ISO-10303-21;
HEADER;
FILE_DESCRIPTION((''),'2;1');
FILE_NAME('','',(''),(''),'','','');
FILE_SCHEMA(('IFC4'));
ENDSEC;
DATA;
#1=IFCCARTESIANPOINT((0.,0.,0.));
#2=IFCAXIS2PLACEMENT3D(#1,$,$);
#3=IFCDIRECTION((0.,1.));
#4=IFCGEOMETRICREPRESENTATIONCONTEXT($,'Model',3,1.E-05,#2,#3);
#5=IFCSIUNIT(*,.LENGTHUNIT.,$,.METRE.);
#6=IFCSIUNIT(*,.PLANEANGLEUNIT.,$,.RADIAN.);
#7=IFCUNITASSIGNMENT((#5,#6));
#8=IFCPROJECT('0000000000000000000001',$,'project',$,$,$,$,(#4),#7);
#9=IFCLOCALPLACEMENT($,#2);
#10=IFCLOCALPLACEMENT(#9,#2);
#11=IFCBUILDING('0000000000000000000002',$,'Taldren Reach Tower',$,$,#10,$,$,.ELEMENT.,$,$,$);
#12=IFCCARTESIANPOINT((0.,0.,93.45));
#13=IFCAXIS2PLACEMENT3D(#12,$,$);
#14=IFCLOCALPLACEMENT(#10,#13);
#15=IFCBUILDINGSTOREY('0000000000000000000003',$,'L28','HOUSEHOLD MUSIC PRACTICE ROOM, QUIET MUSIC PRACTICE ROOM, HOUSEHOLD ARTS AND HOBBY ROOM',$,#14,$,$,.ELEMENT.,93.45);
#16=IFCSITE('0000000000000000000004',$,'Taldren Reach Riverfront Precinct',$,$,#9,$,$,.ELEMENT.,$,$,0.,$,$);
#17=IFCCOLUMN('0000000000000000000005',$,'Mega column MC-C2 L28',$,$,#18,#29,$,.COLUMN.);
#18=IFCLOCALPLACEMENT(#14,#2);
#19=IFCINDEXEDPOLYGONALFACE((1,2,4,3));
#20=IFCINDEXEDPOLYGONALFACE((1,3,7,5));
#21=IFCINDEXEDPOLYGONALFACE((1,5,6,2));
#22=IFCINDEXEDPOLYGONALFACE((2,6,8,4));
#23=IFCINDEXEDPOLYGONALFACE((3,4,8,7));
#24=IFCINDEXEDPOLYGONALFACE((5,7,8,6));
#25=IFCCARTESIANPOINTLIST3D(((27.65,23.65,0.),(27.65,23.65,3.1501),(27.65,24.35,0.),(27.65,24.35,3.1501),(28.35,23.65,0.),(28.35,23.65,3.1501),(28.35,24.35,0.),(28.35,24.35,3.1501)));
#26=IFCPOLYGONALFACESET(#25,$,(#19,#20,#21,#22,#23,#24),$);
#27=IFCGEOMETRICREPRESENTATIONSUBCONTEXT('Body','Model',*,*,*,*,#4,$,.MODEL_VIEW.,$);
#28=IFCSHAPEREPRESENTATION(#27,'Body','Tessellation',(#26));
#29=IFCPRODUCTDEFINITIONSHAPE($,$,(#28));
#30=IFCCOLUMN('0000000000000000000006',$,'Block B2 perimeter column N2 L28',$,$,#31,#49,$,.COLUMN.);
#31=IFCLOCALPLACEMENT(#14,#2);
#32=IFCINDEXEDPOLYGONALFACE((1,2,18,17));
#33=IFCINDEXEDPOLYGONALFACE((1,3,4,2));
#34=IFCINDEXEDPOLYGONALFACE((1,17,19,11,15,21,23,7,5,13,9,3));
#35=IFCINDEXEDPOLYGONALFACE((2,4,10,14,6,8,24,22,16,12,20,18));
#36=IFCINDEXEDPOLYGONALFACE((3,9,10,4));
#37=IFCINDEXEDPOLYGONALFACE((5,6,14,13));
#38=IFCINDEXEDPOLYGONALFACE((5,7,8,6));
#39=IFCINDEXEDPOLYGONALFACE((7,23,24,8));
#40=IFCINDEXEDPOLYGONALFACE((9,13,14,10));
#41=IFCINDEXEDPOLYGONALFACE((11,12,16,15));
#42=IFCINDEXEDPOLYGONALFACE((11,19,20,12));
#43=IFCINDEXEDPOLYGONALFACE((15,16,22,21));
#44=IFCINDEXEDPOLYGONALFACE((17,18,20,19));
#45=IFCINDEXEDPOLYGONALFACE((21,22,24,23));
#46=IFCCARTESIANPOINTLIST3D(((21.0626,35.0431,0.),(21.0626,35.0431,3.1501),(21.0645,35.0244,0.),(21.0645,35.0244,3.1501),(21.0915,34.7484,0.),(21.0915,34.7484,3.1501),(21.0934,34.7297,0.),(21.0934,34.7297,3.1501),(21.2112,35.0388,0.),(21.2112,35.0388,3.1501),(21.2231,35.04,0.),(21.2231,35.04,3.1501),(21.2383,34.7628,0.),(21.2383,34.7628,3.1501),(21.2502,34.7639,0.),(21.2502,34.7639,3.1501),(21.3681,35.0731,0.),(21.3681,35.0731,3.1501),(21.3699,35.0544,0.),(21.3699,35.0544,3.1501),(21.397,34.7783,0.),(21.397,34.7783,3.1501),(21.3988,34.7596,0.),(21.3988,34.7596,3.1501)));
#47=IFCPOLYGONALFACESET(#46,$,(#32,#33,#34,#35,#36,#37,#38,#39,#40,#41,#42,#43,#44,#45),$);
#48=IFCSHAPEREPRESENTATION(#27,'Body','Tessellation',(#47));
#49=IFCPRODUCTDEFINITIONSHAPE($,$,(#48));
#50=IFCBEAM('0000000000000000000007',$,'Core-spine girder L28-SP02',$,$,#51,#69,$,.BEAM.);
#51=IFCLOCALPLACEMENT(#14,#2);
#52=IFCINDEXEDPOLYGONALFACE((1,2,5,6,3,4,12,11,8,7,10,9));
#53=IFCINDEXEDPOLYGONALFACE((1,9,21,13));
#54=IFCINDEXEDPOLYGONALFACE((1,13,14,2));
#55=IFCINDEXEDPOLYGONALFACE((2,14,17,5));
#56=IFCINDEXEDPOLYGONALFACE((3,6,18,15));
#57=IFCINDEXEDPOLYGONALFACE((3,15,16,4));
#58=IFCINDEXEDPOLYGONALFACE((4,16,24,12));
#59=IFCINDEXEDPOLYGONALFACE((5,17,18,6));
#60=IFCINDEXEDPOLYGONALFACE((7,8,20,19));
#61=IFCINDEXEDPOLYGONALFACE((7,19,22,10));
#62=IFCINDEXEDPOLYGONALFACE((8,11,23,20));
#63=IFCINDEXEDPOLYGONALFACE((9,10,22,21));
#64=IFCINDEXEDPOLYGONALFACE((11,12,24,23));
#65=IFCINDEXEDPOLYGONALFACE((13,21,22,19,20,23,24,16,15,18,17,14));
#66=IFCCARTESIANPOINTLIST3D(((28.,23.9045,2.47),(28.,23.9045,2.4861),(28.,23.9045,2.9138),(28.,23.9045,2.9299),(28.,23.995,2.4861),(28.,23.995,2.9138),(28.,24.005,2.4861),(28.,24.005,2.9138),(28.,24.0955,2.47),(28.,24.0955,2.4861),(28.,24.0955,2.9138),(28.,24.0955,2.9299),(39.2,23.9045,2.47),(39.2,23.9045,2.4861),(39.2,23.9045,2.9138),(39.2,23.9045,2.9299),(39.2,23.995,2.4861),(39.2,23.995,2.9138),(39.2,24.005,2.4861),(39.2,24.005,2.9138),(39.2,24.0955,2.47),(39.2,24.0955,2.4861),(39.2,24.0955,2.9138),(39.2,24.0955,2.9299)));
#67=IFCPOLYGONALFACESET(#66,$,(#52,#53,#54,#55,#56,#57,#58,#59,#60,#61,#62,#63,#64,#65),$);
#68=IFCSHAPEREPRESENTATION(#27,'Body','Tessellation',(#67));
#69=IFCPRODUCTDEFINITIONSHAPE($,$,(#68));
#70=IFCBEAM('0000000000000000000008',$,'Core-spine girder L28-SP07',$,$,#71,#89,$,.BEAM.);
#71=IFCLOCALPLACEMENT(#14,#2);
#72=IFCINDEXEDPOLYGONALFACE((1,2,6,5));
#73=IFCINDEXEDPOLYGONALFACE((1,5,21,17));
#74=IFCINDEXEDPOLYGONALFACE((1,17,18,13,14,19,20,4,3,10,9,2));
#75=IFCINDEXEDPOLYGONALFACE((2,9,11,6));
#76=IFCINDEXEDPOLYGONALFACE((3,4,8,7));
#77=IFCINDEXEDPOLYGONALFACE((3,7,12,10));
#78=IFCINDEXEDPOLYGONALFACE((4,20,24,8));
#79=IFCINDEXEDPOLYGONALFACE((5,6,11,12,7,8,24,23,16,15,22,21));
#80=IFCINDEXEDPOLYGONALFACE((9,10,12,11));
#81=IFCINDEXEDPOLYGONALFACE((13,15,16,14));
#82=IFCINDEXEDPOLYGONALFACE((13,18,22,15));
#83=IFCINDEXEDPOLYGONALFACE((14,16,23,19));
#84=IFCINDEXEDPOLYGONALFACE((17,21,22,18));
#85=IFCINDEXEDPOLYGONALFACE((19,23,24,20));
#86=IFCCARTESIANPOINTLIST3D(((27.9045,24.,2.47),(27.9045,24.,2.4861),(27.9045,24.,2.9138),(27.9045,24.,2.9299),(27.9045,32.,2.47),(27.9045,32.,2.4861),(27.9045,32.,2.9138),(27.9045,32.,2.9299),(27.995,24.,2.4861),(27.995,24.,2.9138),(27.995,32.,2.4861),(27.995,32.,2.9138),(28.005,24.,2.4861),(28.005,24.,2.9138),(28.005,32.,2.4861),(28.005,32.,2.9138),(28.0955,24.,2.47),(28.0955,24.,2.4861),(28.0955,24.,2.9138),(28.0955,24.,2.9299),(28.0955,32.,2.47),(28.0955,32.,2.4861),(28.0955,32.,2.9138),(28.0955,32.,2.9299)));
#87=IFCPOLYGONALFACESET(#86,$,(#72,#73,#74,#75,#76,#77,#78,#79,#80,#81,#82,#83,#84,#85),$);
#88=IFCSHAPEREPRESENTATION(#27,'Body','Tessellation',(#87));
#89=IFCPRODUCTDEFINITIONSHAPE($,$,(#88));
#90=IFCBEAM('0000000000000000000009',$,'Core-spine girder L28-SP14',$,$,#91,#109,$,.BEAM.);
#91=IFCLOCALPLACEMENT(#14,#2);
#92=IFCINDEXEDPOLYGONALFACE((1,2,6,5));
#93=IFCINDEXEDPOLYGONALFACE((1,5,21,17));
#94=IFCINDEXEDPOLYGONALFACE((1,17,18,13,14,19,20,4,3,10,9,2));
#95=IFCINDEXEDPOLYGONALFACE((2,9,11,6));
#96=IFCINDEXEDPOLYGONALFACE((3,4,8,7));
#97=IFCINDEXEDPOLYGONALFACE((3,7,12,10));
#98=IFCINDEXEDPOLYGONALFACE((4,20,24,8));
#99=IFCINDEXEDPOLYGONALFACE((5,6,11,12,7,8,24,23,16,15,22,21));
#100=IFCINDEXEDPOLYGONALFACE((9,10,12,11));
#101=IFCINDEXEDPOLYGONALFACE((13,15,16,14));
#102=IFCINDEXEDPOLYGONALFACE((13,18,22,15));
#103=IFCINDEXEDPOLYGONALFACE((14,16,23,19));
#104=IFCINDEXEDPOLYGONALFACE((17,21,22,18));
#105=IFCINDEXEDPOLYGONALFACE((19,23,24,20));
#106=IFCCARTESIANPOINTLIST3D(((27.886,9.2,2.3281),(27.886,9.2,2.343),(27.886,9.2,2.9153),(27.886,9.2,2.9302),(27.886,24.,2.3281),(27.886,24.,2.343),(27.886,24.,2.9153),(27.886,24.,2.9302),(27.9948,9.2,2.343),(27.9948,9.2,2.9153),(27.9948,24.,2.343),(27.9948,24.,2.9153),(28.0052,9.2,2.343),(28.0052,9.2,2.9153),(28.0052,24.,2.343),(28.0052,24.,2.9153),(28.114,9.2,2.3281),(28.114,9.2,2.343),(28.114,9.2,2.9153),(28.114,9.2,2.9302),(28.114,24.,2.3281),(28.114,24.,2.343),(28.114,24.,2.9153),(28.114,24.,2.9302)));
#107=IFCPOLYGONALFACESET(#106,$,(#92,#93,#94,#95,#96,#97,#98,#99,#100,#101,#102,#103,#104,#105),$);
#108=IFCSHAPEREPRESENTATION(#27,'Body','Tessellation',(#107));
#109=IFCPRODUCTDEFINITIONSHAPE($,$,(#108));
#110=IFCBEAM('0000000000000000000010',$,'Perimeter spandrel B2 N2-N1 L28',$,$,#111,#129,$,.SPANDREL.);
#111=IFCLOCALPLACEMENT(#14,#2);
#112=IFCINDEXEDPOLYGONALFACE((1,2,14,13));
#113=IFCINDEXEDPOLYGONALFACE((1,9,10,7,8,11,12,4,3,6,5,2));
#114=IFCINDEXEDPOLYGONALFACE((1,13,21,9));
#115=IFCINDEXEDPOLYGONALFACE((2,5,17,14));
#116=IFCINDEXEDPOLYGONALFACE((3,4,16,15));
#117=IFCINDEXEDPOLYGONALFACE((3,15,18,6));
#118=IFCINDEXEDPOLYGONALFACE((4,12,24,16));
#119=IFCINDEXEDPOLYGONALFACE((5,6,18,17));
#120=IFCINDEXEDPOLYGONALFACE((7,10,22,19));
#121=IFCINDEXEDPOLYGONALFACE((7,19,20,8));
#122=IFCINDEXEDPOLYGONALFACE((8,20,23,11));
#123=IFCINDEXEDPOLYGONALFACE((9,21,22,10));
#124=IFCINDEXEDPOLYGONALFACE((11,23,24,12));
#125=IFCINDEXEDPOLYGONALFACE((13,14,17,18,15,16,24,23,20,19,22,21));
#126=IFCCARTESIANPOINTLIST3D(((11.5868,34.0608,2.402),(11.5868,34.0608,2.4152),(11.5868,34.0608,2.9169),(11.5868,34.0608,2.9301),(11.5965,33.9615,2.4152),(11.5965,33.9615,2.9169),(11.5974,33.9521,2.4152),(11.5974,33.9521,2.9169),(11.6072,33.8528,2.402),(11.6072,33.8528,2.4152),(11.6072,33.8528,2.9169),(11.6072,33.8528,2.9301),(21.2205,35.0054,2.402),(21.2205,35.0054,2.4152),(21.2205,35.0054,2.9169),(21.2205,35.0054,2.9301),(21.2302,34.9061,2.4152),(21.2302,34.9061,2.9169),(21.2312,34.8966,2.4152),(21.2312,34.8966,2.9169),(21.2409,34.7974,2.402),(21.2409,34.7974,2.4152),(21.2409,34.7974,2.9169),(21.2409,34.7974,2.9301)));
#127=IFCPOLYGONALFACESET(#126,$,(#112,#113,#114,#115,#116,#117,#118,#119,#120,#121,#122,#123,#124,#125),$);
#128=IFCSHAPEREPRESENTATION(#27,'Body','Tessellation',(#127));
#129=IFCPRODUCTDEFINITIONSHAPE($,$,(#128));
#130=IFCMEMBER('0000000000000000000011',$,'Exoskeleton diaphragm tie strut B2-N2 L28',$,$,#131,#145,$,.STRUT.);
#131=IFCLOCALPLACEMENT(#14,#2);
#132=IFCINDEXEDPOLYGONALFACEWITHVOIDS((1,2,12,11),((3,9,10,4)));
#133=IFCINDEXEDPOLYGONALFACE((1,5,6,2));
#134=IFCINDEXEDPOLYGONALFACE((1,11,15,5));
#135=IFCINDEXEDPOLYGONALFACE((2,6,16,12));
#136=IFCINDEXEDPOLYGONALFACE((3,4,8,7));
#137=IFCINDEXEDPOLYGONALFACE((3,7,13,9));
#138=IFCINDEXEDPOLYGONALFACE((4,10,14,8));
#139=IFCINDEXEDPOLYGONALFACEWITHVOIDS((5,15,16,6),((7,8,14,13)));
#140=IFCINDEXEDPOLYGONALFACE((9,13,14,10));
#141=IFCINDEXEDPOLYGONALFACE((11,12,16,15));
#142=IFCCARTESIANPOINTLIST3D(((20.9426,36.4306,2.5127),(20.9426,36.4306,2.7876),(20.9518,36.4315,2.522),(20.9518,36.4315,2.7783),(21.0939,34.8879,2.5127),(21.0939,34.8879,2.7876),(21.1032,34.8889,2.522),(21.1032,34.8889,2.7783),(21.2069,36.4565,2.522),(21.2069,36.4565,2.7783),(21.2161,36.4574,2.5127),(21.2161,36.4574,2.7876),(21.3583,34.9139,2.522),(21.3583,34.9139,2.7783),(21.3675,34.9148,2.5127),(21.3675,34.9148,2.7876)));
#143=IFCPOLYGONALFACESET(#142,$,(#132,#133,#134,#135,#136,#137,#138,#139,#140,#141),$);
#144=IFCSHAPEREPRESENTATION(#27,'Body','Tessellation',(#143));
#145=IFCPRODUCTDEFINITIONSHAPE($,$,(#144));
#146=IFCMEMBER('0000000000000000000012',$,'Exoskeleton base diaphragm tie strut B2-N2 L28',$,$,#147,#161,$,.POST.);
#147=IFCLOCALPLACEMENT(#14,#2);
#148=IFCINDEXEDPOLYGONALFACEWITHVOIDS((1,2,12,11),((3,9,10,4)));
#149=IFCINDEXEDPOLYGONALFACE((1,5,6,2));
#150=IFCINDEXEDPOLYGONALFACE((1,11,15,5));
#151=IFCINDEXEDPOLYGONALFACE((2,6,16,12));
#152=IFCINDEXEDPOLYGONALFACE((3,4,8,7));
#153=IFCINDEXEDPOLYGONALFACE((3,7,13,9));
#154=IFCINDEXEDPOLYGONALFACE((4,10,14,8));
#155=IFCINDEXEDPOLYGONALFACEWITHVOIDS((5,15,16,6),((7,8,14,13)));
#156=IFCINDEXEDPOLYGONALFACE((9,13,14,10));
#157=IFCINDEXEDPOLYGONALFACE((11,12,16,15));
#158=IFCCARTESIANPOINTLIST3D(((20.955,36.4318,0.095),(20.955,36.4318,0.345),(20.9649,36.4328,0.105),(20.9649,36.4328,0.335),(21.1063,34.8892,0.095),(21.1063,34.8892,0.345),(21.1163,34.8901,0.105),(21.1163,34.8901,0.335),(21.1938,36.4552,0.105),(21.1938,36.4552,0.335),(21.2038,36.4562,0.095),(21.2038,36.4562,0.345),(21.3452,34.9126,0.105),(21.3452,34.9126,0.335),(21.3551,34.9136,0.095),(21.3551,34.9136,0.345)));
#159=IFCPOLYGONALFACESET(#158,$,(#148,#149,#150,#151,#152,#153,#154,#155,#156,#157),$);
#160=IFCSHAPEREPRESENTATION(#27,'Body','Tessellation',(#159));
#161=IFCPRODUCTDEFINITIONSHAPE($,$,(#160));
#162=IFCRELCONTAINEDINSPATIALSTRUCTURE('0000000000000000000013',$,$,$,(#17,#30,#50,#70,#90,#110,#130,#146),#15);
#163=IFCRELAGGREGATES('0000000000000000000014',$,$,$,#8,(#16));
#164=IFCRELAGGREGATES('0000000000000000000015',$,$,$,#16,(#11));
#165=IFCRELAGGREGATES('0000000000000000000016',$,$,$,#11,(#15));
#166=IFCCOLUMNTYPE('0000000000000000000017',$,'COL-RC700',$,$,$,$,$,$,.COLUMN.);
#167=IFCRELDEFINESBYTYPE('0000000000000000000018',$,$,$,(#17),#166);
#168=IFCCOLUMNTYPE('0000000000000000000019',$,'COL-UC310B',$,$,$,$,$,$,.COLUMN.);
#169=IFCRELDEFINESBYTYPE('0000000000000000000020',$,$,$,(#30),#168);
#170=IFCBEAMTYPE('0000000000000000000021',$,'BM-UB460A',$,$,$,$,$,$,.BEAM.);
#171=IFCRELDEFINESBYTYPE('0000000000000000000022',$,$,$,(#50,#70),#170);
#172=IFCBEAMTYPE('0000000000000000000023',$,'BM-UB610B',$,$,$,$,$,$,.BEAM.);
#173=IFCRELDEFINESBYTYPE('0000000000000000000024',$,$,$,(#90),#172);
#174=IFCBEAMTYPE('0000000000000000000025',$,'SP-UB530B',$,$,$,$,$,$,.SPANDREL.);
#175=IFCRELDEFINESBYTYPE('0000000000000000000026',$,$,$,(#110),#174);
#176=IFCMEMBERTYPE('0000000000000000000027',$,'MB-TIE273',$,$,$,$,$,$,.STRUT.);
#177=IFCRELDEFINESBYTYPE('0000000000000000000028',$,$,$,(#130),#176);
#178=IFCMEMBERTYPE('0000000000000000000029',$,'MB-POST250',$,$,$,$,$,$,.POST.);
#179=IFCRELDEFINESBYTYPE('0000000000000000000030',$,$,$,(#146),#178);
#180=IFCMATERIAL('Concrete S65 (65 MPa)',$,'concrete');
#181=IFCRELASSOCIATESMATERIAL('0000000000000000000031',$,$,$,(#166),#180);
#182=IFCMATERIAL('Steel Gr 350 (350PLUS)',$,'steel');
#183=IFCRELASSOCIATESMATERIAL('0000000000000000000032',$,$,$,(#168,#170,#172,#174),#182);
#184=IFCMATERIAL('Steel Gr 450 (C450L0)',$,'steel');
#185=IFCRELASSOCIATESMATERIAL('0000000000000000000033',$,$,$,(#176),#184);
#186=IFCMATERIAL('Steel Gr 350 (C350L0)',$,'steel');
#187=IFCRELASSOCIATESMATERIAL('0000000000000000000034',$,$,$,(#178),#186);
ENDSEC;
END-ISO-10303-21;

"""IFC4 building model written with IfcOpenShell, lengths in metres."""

from ifc_helpers import new_model, si_unit, direction, frame, origin, origin_2d, place, context, subcontext, project, spatial, rectangle, hollow_rectangle, i_section, extrude, source, transform, mapped, material, material_profile, profile_set, type_object, element, save


model = new_model("IFC4")

# Units and contexts
model_context = context("Model", 3, precision=1e-05, world=origin(), true_north=direction((0.0, 1.0)))
body_context = subcontext(model_context, "Body", "Model", "MODEL_VIEW")
ifc_project = project(units=[si_unit("LENGTHUNIT", "METRE"), si_unit("PLANEANGLEUNIT", "RADIAN")], contexts=[model_context])

# Site, building, storey
site_placement = place(None, origin())
site = spatial("IfcSite", under=ifc_project, at=site_placement, Name="Taldren Reach Riverfront Precinct", CompositionType="ELEMENT", RefElevation=0.0)
building_placement = place(site_placement, origin())
building = spatial("IfcBuilding", under=site, at=building_placement, Name="Taldren Reach Tower", CompositionType="ELEMENT")
storey_placement = place(building_placement, frame((0.0, 0.0, 93.45)))
storey = spatial("IfcBuildingStorey", under=building, at=storey_placement, Name="L28", Description="HOUSEHOLD MUSIC PRACTICE ROOM, QUIET MUSIC PRACTICE ROOM, HOUSEHOLD ARTS AND HOBBY ROOM", CompositionType="ELEMENT", Elevation=93.45)

# Columns
ifc_material_1 = material(Name="Concrete S65 (65 MPa)", Category="concrete")
ifc_material_profile_1 = material_profile(ifc_material_1, rectangle(XDim=0.7, YDim=0.7, at=origin_2d()), Name="RC-700x700")
ifc_profile_set_1 = profile_set([ifc_material_profile_1], Name="Concrete S65 (65 MPa)")
column_type_1 = type_object("IfcColumnType", Name="COL-RC700", PredefinedType="COLUMN", material=ifc_profile_set_1)
shared_shape_1 = source(origin(), body_context, "Body", "SweptSolid", [
    extrude(rectangle(XDim=0.7, YDim=0.7, at=origin_2d()), origin(), (0.0, 0.0, 1.0), 3.1501),
])
column_1_placement = place(storey_placement, frame((28.0, 24.0, 0.0), z_axis=(0.0, 0.0, 1.0), x_axis=(1.0, 0.0, 0.0)))
element("IfcColumn", 1, at=column_1_placement, inside=storey, type_object=column_type_1, Name="Mega column MC-C2 L28", PredefinedType="COLUMN", context=body_context, shape_type="MappedRepresentation", body=[
    mapped(shared_shape_1, transform((0.0, 0.0, 0.0), scale=1.0)),
])
ifc_material_2 = material(Name="Steel Gr 350 (350PLUS)", Category="steel")
ifc_material_profile_2 = material_profile(ifc_material_2, i_section(OverallWidth=0.3069, OverallDepth=0.3149, WebThickness=0.012, FlangeThickness=0.0188, at=origin_2d()), Name="310UC118")
ifc_profile_set_2 = profile_set([ifc_material_profile_2], Name="Steel Gr 350 (350PLUS)")
column_type_2 = type_object("IfcColumnType", Name="COL-UC310B", PredefinedType="COLUMN", material=ifc_profile_set_2)
shared_shape_2 = source(origin(), body_context, "Body", "SweptSolid", [
    extrude(i_section(OverallWidth=0.3069, OverallDepth=0.3149, WebThickness=0.012, FlangeThickness=0.0188, at=origin_2d()), origin(), (0.0, 0.0, 1.0), 3.1501),
])
column_2_placement = place(storey_placement, frame((21.2307, 34.9014, 0.0), z_axis=(0.0, 0.0, 1.0), x_axis=(0.995227, 0.097583, 0.0)))
element("IfcColumn", 2, at=column_2_placement, inside=storey, type_object=column_type_2, Name="Block B2 perimeter column N2 L28", PredefinedType="COLUMN", context=body_context, shape_type="MappedRepresentation", body=[
    mapped(shared_shape_2, transform((0.0, 0.0, 0.0), scale=1.0)),
])

# Beams
ifc_material_profile_3 = material_profile(ifc_material_2, i_section(OverallWidth=0.1909, OverallDepth=0.46, WebThickness=0.01, FlangeThickness=0.0161, at=origin_2d()), Name="460UB82.1")
ifc_profile_set_3 = profile_set([ifc_material_profile_3], Name="Steel Gr 350 (350PLUS)")
beam_type_1 = type_object("IfcBeamType", Name="BM-UB460A", PredefinedType="BEAM", material=ifc_profile_set_3)
shared_shape_3 = source(origin(), body_context, "Body", "SweptSolid", [
    extrude(i_section(OverallWidth=0.1909, OverallDepth=0.46, WebThickness=0.01, FlangeThickness=0.0161, at=origin_2d()), origin(), (0.0, 0.0, 1.0), 11.2),
])
beam_1_placement = place(storey_placement, frame((28.0, 24.0, 2.7), z_axis=(1.0, 0.0, 0.0), x_axis=(0.0, 1.0, 0.0)))
element("IfcBeam", 3, at=beam_1_placement, inside=storey, type_object=beam_type_1, Name="Core-spine girder L28-SP02", PredefinedType="BEAM", context=body_context, shape_type="MappedRepresentation", body=[
    mapped(shared_shape_3, transform((0.0, 0.0, 0.0), scale=1.0)),
])
shared_shape_4 = source(origin(), body_context, "Body", "SweptSolid", [
    extrude(i_section(OverallWidth=0.1909, OverallDepth=0.46, WebThickness=0.01, FlangeThickness=0.0161, at=origin_2d()), origin(), (0.0, 0.0, 1.0), 8.0),
])
beam_2_placement = place(storey_placement, frame((28.0, 24.0, 2.7), z_axis=(0.0, 1.0, 0.0), x_axis=(-1.0, 0.0, 0.0)))
element("IfcBeam", 4, at=beam_2_placement, inside=storey, type_object=beam_type_1, Name="Core-spine girder L28-SP07", PredefinedType="BEAM", context=body_context, shape_type="MappedRepresentation", body=[
    mapped(shared_shape_4, transform((0.0, 0.0, 0.0), scale=1.0)),
])
ifc_material_profile_4 = material_profile(ifc_material_2, i_section(OverallWidth=0.228, OverallDepth=0.6021, WebThickness=0.0105, FlangeThickness=0.0149, at=origin_2d()), Name="610UB101")
ifc_profile_set_4 = profile_set([ifc_material_profile_4], Name="Steel Gr 350 (350PLUS)")
beam_type_2 = type_object("IfcBeamType", Name="BM-UB610B", PredefinedType="BEAM", material=ifc_profile_set_4)
shared_shape_5 = source(origin(), body_context, "Body", "SweptSolid", [
    extrude(i_section(OverallWidth=0.228, OverallDepth=0.6021, WebThickness=0.0105, FlangeThickness=0.0149, at=origin_2d()), origin(), (0.0, 0.0, 1.0), 14.8),
])
beam_3_placement = place(storey_placement, frame((28.0, 24.0, 2.6292), z_axis=(0.0, -1.0, 0.0), x_axis=(1.0, 0.0, 0.0)))
element("IfcBeam", 5, at=beam_3_placement, inside=storey, type_object=beam_type_2, Name="Core-spine girder L28-SP14", PredefinedType="BEAM", context=body_context, shape_type="MappedRepresentation", body=[
    mapped(shared_shape_5, transform((0.0, 0.0, 0.0), scale=1.0)),
])
ifc_material_profile_5 = material_profile(ifc_material_2, i_section(OverallWidth=0.209, OverallDepth=0.5281, WebThickness=0.0095, FlangeThickness=0.0132, at=origin_2d()), Name="530UB82.0")
ifc_profile_set_5 = profile_set([ifc_material_profile_5], Name="Steel Gr 350 (350PLUS)")
beam_type_3 = type_object("IfcBeamType", Name="SP-UB530B", PredefinedType="SPANDREL", material=ifc_profile_set_5)
shared_shape_6 = source(origin(), body_context, "Body", "SweptSolid", [
    extrude(i_section(OverallWidth=0.209, OverallDepth=0.5281, WebThickness=0.0095, FlangeThickness=0.0132, at=origin_2d()), origin(), (0.0, 0.0, 1.0), 9.6799),
])
beam_4_placement = place(storey_placement, frame((21.2307, 34.9014, 2.666), z_axis=(-0.995228, -0.097581, 0.0), x_axis=(0.097581, -0.995228, 0.0)))
element("IfcBeam", 6, at=beam_4_placement, inside=storey, type_object=beam_type_3, Name="Perimeter spandrel B2 N2-N1 L28", PredefinedType="SPANDREL", context=body_context, shape_type="MappedRepresentation", body=[
    mapped(shared_shape_6, transform((0.0, 0.0, 0.0), scale=1.0)),
])

# Members
ifc_material_3 = material(Name="Steel Gr 450 (C450L0)", Category="steel")
ifc_material_profile_6 = material_profile(ifc_material_3, hollow_rectangle(XDim=0.2749, YDim=0.2749, WallThickness=0.0093, at=origin_2d()), Name="275x275x9.3SHS")
ifc_profile_set_6 = profile_set([ifc_material_profile_6], Name="Steel Gr 450 (C450L0)")
member_type_1 = type_object("IfcMemberType", Name="MB-TIE273", PredefinedType="STRUT", material=ifc_profile_set_6)
shared_shape_7 = source(origin(), body_context, "Body", "SweptSolid", [
    extrude(hollow_rectangle(XDim=0.2749, YDim=0.2749, WallThickness=0.0093, at=origin_2d()), origin(), (0.0, 0.0, 1.0), 1.55),
])
member_1_placement = place(storey_placement, frame((21.2307, 34.9014, 2.6501), z_axis=(-0.097648, 0.995221, 0.0), x_axis=(-0.995221, -0.097648, 0.0)))
element("IfcMember", 7, at=member_1_placement, inside=storey, type_object=member_type_1, Name="Exoskeleton diaphragm tie strut B2-N2 L28", PredefinedType="STRUT", context=body_context, shape_type="MappedRepresentation", body=[
    mapped(shared_shape_7, transform((0.0, 0.0, 0.0), scale=1.0)),
])
ifc_material_4 = material(Name="Steel Gr 350 (C350L0)", Category="steel")
ifc_material_profile_7 = material_profile(ifc_material_4, hollow_rectangle(XDim=0.25, YDim=0.25, WallThickness=0.01, at=origin_2d()), Name="250x250x10.0SHS")
ifc_profile_set_7 = profile_set([ifc_material_profile_7], Name="Steel Gr 350 (C350L0)")
member_type_2 = type_object("IfcMemberType", Name="MB-POST250", PredefinedType="POST", material=ifc_profile_set_7)
shared_shape_8 = source(origin(), body_context, "Body", "SweptSolid", [
    extrude(hollow_rectangle(XDim=0.25, YDim=0.25, WallThickness=0.01, at=origin_2d()), origin(), (0.0, 0.0, 1.0), 1.55),
])
member_2_placement = place(storey_placement, frame((21.2307, 34.9014, 0.22), z_axis=(-0.097648, 0.995221, 0.0), x_axis=(-0.995221, -0.097648, 0.0)))
element("IfcMember", 8, at=member_2_placement, inside=storey, type_object=member_type_2, Name="Exoskeleton base diaphragm tie strut B2-N2 L28", PredefinedType="POST", context=body_context, shape_type="MappedRepresentation", body=[
    mapped(shared_shape_8, transform((0.0, 0.0, 0.0), scale=1.0)),
])

save(model, "model.ifc")
